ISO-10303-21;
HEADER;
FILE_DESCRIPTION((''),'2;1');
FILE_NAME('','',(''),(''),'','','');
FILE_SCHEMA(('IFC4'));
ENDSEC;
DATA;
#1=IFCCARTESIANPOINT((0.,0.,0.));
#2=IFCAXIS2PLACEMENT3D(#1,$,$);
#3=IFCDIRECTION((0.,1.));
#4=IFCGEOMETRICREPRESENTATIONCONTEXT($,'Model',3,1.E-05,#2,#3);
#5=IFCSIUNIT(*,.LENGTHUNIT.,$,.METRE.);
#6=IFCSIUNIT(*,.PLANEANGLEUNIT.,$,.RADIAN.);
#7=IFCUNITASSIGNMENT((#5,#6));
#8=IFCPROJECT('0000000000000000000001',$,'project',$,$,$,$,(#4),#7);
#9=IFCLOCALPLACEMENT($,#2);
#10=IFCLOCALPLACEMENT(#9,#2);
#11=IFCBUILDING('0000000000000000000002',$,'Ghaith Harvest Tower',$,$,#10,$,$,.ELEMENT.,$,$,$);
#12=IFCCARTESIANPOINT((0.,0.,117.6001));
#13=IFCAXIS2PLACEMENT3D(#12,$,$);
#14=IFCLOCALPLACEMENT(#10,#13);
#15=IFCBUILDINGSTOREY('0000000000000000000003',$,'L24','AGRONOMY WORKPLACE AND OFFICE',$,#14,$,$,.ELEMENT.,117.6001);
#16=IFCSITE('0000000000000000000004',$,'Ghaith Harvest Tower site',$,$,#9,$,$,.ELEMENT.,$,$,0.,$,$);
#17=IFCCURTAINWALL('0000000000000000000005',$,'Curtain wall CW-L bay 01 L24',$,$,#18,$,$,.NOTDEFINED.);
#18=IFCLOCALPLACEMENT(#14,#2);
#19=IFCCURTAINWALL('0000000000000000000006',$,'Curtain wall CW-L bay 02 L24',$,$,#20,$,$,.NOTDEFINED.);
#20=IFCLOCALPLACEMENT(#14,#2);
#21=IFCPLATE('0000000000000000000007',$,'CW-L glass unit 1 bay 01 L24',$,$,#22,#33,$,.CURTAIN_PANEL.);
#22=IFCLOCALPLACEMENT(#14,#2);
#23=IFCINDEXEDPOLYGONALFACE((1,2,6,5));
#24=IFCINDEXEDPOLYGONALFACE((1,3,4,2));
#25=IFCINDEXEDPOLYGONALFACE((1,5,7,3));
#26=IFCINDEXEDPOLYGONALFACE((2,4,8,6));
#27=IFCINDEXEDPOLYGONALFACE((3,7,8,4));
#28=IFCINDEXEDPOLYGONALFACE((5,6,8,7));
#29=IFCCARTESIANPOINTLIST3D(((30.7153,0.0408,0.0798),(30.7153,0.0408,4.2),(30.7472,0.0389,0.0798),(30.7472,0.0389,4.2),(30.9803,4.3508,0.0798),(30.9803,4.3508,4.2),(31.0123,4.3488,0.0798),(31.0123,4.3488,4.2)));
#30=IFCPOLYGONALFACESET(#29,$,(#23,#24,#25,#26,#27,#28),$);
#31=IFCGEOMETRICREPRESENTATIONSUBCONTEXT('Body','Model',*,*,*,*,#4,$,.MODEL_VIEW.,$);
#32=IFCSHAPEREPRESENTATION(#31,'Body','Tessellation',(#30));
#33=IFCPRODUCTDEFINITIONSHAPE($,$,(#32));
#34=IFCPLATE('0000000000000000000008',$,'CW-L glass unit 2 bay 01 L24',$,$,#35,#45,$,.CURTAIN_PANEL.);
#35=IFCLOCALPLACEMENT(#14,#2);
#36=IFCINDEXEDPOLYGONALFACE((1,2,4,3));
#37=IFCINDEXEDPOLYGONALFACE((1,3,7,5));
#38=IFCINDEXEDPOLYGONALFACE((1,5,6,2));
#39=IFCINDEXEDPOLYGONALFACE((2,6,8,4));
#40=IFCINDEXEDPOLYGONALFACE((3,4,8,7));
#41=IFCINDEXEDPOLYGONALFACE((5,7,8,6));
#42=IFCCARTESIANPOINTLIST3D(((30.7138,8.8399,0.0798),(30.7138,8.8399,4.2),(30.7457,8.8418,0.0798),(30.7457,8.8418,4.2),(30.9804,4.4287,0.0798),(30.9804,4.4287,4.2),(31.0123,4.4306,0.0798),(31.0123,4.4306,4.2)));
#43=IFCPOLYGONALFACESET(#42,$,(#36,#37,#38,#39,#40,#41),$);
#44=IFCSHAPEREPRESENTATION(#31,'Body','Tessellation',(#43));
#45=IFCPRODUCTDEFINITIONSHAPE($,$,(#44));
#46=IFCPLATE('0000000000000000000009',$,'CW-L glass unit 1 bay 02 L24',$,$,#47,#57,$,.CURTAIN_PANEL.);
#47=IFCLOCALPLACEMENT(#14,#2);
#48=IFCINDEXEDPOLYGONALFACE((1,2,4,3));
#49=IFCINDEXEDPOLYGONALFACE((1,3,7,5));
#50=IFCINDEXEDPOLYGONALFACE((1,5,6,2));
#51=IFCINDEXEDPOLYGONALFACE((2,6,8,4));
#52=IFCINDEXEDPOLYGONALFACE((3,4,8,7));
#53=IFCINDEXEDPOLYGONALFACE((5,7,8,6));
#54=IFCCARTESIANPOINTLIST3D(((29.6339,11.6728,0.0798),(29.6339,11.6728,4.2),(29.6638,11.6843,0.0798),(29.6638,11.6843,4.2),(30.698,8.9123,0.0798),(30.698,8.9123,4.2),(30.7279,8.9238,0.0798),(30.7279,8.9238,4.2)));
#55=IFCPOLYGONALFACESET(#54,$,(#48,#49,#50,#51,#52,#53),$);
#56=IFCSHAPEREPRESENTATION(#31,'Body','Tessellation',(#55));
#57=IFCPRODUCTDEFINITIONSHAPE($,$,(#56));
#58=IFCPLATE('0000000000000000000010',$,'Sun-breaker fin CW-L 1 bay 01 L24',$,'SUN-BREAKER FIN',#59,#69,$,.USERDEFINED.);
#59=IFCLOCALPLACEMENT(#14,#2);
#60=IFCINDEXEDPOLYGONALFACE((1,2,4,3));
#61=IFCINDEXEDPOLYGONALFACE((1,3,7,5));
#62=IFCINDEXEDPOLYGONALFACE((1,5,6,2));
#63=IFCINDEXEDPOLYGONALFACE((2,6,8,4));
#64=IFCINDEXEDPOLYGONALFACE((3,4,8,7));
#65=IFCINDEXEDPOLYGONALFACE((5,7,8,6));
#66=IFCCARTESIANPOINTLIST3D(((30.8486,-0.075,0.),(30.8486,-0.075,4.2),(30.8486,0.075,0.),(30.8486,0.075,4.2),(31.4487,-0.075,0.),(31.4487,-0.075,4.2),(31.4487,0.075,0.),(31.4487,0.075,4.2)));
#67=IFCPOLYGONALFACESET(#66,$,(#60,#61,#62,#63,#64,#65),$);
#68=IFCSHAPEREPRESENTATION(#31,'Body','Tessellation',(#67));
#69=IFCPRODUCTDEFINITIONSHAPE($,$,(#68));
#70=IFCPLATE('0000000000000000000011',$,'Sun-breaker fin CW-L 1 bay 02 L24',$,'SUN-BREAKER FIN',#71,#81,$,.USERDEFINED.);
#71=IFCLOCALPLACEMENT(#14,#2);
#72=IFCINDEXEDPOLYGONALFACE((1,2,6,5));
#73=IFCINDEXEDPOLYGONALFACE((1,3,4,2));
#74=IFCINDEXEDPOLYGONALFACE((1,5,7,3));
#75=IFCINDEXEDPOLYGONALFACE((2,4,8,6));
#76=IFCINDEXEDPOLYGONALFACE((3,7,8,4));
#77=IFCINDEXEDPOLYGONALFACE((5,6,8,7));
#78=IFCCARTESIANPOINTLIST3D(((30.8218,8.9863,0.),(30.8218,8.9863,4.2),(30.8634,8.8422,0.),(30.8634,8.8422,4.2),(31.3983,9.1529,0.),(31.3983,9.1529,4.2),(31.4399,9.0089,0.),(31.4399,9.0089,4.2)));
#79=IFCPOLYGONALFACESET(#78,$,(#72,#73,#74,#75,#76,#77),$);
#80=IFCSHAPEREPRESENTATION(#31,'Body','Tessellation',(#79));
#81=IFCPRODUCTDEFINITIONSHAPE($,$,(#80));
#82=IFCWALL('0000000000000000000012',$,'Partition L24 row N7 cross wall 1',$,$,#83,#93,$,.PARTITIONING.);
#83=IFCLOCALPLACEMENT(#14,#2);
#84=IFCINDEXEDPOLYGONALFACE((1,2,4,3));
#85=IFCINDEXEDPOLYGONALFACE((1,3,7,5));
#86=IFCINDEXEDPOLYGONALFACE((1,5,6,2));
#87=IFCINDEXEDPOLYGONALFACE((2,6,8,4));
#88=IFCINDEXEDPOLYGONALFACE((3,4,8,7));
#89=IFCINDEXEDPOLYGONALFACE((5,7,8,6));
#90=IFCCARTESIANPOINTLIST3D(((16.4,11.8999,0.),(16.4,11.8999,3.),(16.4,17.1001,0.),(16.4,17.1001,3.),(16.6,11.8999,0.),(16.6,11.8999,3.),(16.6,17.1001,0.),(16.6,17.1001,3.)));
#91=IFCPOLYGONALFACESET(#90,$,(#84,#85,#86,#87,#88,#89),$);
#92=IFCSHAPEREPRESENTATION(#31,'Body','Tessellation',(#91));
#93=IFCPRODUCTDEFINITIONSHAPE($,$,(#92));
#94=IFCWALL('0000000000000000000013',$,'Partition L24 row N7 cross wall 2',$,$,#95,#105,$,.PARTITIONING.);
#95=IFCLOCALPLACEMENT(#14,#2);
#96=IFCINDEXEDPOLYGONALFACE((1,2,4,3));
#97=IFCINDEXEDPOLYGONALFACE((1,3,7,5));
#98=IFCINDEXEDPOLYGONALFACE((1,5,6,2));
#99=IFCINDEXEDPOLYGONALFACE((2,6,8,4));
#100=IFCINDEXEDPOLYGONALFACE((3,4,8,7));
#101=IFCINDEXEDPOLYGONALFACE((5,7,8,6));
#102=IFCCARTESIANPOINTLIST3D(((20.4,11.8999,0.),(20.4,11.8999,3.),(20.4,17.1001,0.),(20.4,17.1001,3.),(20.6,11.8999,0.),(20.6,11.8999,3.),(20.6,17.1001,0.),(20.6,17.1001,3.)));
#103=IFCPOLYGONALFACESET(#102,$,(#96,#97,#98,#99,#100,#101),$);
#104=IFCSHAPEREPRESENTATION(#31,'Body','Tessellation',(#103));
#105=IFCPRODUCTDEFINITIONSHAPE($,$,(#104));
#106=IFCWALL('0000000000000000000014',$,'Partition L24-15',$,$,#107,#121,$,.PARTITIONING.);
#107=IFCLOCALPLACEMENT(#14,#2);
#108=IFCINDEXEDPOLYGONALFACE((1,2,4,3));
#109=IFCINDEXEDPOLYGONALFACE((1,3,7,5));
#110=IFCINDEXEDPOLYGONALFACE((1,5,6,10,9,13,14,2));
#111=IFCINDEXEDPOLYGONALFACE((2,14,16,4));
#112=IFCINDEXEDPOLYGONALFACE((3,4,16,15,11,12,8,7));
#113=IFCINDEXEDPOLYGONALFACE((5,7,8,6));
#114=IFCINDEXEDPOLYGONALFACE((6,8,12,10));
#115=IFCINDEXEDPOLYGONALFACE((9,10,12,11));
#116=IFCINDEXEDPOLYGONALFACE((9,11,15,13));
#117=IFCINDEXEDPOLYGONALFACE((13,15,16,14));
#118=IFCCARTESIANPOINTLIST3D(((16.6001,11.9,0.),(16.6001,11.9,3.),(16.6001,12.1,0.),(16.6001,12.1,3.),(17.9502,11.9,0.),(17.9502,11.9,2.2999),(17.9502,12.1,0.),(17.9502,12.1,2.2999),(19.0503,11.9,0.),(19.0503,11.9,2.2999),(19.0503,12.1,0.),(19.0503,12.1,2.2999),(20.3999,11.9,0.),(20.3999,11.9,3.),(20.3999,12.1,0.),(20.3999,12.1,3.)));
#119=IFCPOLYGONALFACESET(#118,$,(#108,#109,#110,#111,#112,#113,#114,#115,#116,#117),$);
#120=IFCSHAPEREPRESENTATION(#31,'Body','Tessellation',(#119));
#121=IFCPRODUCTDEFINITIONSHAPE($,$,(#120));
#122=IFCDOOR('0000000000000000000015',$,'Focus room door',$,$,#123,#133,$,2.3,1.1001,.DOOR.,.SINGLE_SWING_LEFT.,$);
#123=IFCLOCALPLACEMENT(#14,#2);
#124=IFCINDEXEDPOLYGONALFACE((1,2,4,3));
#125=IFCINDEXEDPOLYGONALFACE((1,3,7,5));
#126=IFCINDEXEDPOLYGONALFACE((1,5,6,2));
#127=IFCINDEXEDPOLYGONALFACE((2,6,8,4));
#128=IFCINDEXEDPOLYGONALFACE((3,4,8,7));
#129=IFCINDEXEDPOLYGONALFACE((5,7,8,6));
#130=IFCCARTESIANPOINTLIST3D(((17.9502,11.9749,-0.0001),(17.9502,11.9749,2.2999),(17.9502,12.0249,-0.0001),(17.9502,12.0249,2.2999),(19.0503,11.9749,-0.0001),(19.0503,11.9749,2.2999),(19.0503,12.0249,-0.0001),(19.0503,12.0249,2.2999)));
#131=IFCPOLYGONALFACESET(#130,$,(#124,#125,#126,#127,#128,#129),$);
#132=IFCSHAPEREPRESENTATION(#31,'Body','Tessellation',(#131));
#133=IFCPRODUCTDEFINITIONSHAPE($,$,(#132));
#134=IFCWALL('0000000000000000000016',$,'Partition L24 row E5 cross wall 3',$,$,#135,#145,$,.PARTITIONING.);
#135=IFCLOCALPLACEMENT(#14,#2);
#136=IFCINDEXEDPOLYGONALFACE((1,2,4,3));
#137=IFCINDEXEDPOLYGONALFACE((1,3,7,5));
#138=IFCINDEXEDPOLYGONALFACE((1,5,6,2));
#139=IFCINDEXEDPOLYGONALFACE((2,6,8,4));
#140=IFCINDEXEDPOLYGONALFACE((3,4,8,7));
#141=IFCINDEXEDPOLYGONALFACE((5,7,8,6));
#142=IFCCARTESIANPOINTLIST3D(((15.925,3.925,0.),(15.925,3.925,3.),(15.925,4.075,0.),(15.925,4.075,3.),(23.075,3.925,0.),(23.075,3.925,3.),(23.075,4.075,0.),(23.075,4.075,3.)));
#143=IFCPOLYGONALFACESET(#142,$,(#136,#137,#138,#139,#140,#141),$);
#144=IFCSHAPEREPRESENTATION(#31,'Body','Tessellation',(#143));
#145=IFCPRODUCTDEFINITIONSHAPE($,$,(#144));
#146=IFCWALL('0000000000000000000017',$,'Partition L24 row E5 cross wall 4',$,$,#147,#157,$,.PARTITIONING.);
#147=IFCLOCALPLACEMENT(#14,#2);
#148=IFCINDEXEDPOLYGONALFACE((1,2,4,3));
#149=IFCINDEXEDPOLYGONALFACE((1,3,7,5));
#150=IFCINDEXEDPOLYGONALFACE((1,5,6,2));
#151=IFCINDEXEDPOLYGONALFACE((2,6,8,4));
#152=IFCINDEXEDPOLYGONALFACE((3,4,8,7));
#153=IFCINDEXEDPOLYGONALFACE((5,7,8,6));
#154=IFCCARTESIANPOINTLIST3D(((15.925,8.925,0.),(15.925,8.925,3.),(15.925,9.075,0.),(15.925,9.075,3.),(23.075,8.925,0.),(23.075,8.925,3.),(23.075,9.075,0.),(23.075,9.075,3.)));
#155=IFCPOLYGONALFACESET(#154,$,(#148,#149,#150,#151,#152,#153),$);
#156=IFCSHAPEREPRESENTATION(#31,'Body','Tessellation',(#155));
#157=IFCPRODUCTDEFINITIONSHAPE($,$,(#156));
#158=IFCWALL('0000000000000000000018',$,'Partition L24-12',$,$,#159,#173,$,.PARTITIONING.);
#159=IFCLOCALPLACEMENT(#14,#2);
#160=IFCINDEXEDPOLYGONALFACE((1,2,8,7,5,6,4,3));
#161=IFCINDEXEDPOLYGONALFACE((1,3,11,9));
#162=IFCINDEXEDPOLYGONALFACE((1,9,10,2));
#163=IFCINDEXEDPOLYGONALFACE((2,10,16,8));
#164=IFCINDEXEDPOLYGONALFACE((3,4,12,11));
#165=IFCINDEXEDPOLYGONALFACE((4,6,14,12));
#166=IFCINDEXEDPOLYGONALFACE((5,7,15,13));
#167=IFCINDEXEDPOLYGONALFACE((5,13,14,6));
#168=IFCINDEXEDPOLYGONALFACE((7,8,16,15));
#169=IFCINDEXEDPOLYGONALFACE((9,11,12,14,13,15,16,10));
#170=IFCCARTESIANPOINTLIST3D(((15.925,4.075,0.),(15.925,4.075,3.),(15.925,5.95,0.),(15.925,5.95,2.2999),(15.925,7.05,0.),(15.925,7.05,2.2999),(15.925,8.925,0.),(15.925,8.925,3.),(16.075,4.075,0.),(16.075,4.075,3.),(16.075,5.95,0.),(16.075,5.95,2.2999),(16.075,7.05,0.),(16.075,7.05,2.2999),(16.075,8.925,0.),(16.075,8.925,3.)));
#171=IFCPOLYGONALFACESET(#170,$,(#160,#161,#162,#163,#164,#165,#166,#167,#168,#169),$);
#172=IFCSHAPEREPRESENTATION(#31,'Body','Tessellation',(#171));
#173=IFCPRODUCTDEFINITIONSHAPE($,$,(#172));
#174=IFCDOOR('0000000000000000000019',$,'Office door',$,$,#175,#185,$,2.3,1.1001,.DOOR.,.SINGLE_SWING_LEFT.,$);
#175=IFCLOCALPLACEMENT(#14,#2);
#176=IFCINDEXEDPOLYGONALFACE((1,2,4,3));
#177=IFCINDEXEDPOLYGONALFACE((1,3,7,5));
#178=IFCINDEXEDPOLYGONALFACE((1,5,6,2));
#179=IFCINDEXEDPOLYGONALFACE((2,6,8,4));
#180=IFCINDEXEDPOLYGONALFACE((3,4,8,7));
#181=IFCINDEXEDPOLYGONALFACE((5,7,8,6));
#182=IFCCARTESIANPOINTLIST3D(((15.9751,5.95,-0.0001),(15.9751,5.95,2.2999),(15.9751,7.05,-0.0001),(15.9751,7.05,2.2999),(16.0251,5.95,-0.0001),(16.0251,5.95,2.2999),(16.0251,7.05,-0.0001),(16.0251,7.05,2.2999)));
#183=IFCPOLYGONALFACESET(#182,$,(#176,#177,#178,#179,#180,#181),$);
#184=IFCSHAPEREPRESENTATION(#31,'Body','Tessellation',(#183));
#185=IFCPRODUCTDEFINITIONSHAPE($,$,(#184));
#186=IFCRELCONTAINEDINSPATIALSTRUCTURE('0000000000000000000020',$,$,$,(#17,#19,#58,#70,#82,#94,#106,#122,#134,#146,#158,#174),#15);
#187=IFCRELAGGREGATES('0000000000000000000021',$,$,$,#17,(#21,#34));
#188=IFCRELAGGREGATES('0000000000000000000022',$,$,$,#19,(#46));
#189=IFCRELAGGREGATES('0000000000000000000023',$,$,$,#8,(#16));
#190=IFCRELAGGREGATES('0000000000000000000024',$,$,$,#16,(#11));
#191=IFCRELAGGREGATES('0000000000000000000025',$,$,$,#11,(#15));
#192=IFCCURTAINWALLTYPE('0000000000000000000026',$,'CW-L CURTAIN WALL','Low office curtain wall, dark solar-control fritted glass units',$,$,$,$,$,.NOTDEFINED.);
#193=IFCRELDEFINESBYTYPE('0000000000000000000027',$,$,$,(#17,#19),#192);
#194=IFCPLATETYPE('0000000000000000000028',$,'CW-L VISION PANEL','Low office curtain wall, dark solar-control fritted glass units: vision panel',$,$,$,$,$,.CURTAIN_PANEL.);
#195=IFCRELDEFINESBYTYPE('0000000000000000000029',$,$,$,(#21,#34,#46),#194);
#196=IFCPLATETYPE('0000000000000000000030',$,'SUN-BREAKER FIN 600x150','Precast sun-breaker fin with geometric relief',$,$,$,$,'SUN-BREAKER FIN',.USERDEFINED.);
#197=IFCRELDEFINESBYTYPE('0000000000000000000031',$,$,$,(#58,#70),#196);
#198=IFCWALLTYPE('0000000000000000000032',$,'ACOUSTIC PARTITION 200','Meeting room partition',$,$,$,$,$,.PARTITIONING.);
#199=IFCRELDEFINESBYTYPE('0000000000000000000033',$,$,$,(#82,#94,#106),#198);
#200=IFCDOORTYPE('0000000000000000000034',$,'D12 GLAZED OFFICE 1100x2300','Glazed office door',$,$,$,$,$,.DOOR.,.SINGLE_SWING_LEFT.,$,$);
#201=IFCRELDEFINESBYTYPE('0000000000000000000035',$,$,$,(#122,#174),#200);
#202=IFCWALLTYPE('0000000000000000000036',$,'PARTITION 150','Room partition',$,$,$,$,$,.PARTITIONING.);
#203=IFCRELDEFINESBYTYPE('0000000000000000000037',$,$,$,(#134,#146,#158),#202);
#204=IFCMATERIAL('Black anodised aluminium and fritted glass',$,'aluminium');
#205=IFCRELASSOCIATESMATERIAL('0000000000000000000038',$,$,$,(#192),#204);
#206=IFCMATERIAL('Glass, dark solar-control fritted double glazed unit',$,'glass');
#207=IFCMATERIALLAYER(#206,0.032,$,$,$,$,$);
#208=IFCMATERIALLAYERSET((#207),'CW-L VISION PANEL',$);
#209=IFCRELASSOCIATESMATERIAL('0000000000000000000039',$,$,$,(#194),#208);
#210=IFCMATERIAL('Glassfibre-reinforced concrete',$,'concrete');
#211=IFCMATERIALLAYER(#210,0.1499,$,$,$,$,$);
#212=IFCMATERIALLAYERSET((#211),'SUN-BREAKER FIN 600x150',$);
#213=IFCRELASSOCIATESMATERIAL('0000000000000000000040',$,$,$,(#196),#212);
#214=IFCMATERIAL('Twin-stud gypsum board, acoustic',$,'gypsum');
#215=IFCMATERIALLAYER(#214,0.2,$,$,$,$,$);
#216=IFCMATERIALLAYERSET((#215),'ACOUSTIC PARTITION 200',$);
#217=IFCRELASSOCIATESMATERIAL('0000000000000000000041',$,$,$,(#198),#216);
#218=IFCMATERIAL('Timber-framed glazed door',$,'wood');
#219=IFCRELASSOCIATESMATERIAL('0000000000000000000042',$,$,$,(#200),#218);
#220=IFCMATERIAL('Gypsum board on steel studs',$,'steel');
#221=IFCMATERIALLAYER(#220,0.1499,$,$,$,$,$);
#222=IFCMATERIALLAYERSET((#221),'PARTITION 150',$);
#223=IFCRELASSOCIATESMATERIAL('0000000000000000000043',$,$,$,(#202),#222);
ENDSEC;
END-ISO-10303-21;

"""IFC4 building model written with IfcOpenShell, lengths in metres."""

from ifc_helpers import new_model, si_unit, direction, frame, frame_2d, origin, origin_2d, place, context, subcontext, project, spatial, rectangle, extrude, material, layer, layer_set, type_object, element, fill, aggregate, save


model = new_model("IFC4")

# Units and contexts
model_context = context("Model", 3, precision=1e-05, world=origin(), true_north=direction((0.0, 1.0)))
body_context = subcontext(model_context, "Body", "Model", "MODEL_VIEW")
ifc_project = project(units=[si_unit("LENGTHUNIT", "METRE"), si_unit("PLANEANGLEUNIT", "RADIAN")], contexts=[model_context])

# Site, building, storey
site_placement = place(None, origin())
site = spatial("IfcSite", under=ifc_project, at=site_placement, Name="Ghaith Harvest Tower site", CompositionType="ELEMENT", RefElevation=0.0)
building_placement = place(site_placement, origin())
building = spatial("IfcBuilding", under=site, at=building_placement, Name="Ghaith Harvest Tower", CompositionType="ELEMENT")
storey_placement = place(building_placement, frame((0.0, 0.0, 117.6001)))
storey = spatial("IfcBuildingStorey", under=building, at=storey_placement, Name="L24", Description="AGRONOMY WORKPLACE AND OFFICE", CompositionType="ELEMENT", Elevation=117.6001)

# Curtain walls
ifc_material_1 = material(Name="Black anodised aluminium and fritted glass", Category="aluminium")
curtain_wall_type = type_object("IfcCurtainWallType", Name="CW-L CURTAIN WALL", Description="Low office curtain wall, dark solar-control fritted glass units", PredefinedType="NOTDEFINED", material=ifc_material_1)
curtain_wall_1_placement = place(storey_placement, origin())
curtain_wall_1 = element("IfcCurtainWall", 1, at=curtain_wall_1_placement, inside=storey, type_object=curtain_wall_type, Name="Curtain wall CW-L bay 01 L24", PredefinedType="NOTDEFINED")
curtain_wall_2_placement = place(storey_placement, origin())
curtain_wall_2 = element("IfcCurtainWall", 2, at=curtain_wall_2_placement, inside=storey, type_object=curtain_wall_type, Name="Curtain wall CW-L bay 02 L24", PredefinedType="NOTDEFINED")

# Plates
ifc_material_2 = material(Name="Glass, dark solar-control fritted double glazed unit", Category="glass")
ifc_layer_1 = layer(ifc_material_2, 0.032)
ifc_layer_set_1 = layer_set([ifc_layer_1], Name="CW-L VISION PANEL")
plate_type_1 = type_object("IfcPlateType", Name="CW-L VISION PANEL", Description="Low office curtain wall, dark solar-control fritted glass units: vision panel", PredefinedType="CURTAIN_PANEL", material=ifc_layer_set_1)
plate_1_placement = place(storey_placement, frame((30.8638, 2.1948, 0.0798), z_axis=(0.0, 0.0, 1.0), x_axis=(0.06138, 0.998114, 0.0)))
plate_1 = element("IfcPlate", 3, at=plate_1_placement, type_object=plate_type_1, Name="CW-L glass unit 1 bay 01 L24", PredefinedType="CURTAIN_PANEL", context=body_context, shape_type="SweptSolid", body=[
    extrude(rectangle(XDim=4.3181, YDim=0.032, at=origin_2d()), origin(), (0.0, 0.0, 1.0), 4.1201),
])
plate_2_placement = place(storey_placement, frame((30.863, 6.6353, 0.0798), z_axis=(0.0, 0.0, 1.0), x_axis=(-0.060321, 0.998179, 0.0)))
plate_2 = element("IfcPlate", 4, at=plate_2_placement, type_object=plate_type_1, Name="CW-L glass unit 2 bay 01 L24", PredefinedType="CURTAIN_PANEL", context=body_context, shape_type="SweptSolid", body=[
    extrude(rectangle(XDim=4.4192, YDim=0.032, at=origin_2d()), origin(), (0.0, 0.0, 1.0), 4.1201),
])
aggregate(curtain_wall_1, [plate_1, plate_2])
plate_3_placement = place(storey_placement, frame((30.1809, 10.2983, 0.0798), z_axis=(0.0, 0.0, 1.0), x_axis=(-0.359677, 0.933077, 0.0)))
plate_3 = element("IfcPlate", 5, at=plate_3_placement, type_object=plate_type_1, Name="CW-L glass unit 1 bay 02 L24", PredefinedType="CURTAIN_PANEL", context=body_context, shape_type="SweptSolid", body=[
    extrude(rectangle(XDim=2.9585, YDim=0.032, at=origin_2d()), origin(), (0.0, 0.0, 1.0), 4.1201),
])
aggregate(curtain_wall_2, [plate_3])

# Plates
ifc_material_3 = material(Name="Glassfibre-reinforced concrete", Category="concrete")
ifc_layer_2 = layer(ifc_material_3, 0.1499)
ifc_layer_set_2 = layer_set([ifc_layer_2], Name="SUN-BREAKER FIN 600x150")
plate_type_2 = type_object("IfcPlateType", Name="SUN-BREAKER FIN 600x150", Description="Precast sun-breaker fin with geometric relief", ElementType="SUN-BREAKER FIN", PredefinedType="USERDEFINED", material=ifc_layer_set_2)
for number, where, z_axis, x_axis, name in (
    (6, (31.1487, 0.0, 0.0), (0.0, 0.0, 1.0), (1.0, 0.0, 0.0), "Sun-breaker fin CW-L 1 bay 01 L24"),
    (7, (31.1309, 8.9976, 0.0), (0.0, 0.0, 1.0), (0.96068, 0.277657, 0.0), "Sun-breaker fin CW-L 1 bay 02 L24"),
):
    element("IfcPlate", number, at=place(storey_placement, frame(where, z_axis=z_axis, x_axis=x_axis)), inside=storey, type_object=plate_type_2, Name=name, ObjectType="SUN-BREAKER FIN", PredefinedType="USERDEFINED", context=body_context, shape_type="SweptSolid", body=[
        extrude(rectangle(XDim=0.6001, YDim=0.1499, at=origin_2d()), origin(), (0.0, 0.0, 1.0), 4.2),
    ])

# Walls
ifc_material_4 = material(Name="Twin-stud gypsum board, acoustic", Category="gypsum")
ifc_layer_3 = layer(ifc_material_4, 0.2)
ifc_layer_set_3 = layer_set([ifc_layer_3], Name="ACOUSTIC PARTITION 200")
wall_type_1 = type_object("IfcWallType", Name="ACOUSTIC PARTITION 200", Description="Meeting room partition", PredefinedType="PARTITIONING", material=ifc_layer_set_3)
for number, where, z_axis, x_axis, name in (
    (8, (16.5, 11.8999, 0.0), (0.0, 0.0, 1.0), (0.0, 1.0, 0.0), "Partition L24 row N7 cross wall 1"),
    (9, (20.5, 11.8999, 0.0), (0.0, 0.0, 1.0), (0.0, 1.0, 0.0), "Partition L24 row N7 cross wall 2"),
):
    element("IfcWall", number, at=place(storey_placement, frame(where, z_axis=z_axis, x_axis=x_axis)), inside=storey, type_object=wall_type_1, Name=name, PredefinedType="PARTITIONING", context=body_context, shape_type="SweptSolid", body=[
        extrude(rectangle(XDim=5.2002, YDim=0.2, at=frame_2d((2.6001, 0.0))), origin(), (0.0, 0.0, 1.0), 3.0),
    ])

# Wall, opening, door
wall_1_placement = place(storey_placement, frame((16.6001, 12.0, 0.0), z_axis=(0.0, 0.0, 1.0), x_axis=(1.0, 0.0, 0.0)))
wall_1 = element("IfcWall", 10, at=wall_1_placement, inside=storey, type_object=wall_type_1, Name="Partition L24-15", PredefinedType="PARTITIONING", context=body_context, shape_type="SweptSolid", body=[
    extrude(rectangle(XDim=3.7998, YDim=0.2, at=frame_2d((1.8999, 0.0))), origin(), (0.0, 0.0, 1.0), 3.0),
])
opening_1_placement = place(wall_1_placement, frame((1.3501, 0.0, 0.0)))
opening_1 = element("IfcOpeningElement", 11, at=opening_1_placement, cuts=wall_1, PredefinedType="OPENING", context=body_context, shape_type="SweptSolid", body=[
    extrude(rectangle(XDim=1.1001, YDim=2.3, at=frame_2d((0.55, 1.1499))), frame((0.0, 0.1099, 0.0), z_axis=(0.0, -1.0, 0.0), x_axis=(1.0, 0.0, 0.0)), (0.0, 0.0, 1.0), 0.22),
])
ifc_material_5 = material(Name="Timber-framed glazed door", Category="wood")
door_type = type_object("IfcDoorType", Name="D12 GLAZED OFFICE 1100x2300", Description="Glazed office door", OperationType="SINGLE_SWING_LEFT", PredefinedType="DOOR", material=ifc_material_5)
door_1_placement = place(opening_1_placement, origin())
door_1 = element("IfcDoor", 12, at=door_1_placement, inside=storey, type_object=door_type, Name="Focus room door", OperationType="SINGLE_SWING_LEFT", OverallHeight=2.3, OverallWidth=1.1001, PredefinedType="DOOR", context=body_context, shape_type="SweptSolid", body=[
    extrude(rectangle(XDim=1.1001, YDim=2.3, at=frame_2d((0.55, 1.1499))), frame((0.0, 0.0249, 0.0), z_axis=(0.0, -1.0, 0.0), x_axis=(1.0, 0.0, 0.0)), (0.0, 0.0, 1.0), 0.05),
])
fill(opening_1, door_1)

# Walls
ifc_material_6 = material(Name="Gypsum board on steel studs", Category="steel")
ifc_layer_4 = layer(ifc_material_6, 0.1499)
ifc_layer_set_4 = layer_set([ifc_layer_4], Name="PARTITION 150")
wall_type_2 = type_object("IfcWallType", Name="PARTITION 150", Description="Room partition", PredefinedType="PARTITIONING", material=ifc_layer_set_4)
for number, where, z_axis, x_axis, name in (
    (13, (15.925, 4.0, 0.0), (0.0, 0.0, 1.0), (1.0, 0.0, 0.0), "Partition L24 row E5 cross wall 3"),
    (14, (15.925, 9.0, 0.0), (0.0, 0.0, 1.0), (1.0, 0.0, 0.0), "Partition L24 row E5 cross wall 4"),
):
    element("IfcWall", number, at=place(storey_placement, frame(where, z_axis=z_axis, x_axis=x_axis)), inside=storey, type_object=wall_type_2, Name=name, PredefinedType="PARTITIONING", context=body_context, shape_type="SweptSolid", body=[
        extrude(rectangle(XDim=7.1499, YDim=0.1499, at=frame_2d((3.575, 0.0))), origin(), (0.0, 0.0, 1.0), 3.0),
    ])

# Wall, opening, door
wall_2_placement = place(storey_placement, frame((16.0, 4.075, 0.0), z_axis=(0.0, 0.0, 1.0), x_axis=(0.0, 1.0, 0.0)))
wall_2 = element("IfcWall", 15, at=wall_2_placement, inside=storey, type_object=wall_type_2, Name="Partition L24-12", PredefinedType="PARTITIONING", context=body_context, shape_type="SweptSolid", body=[
    extrude(rectangle(XDim=4.8501, YDim=0.1499, at=frame_2d((2.425, 0.0))), origin(), (0.0, 0.0, 1.0), 3.0),
])
opening_2_placement = place(wall_2_placement, frame((1.875, 0.0, 0.0)))
opening_2 = element("IfcOpeningElement", 16, at=opening_2_placement, cuts=wall_2, PredefinedType="OPENING", context=body_context, shape_type="SweptSolid", body=[
    extrude(rectangle(XDim=1.1001, YDim=2.3, at=frame_2d((0.55, 1.1499))), frame((0.0, 0.085, 0.0), z_axis=(0.0, -1.0, 0.0), x_axis=(1.0, 0.0, 0.0)), (0.0, 0.0, 1.0), 0.1699),
])
door_2_placement = place(opening_2_placement, origin())
door_2 = element("IfcDoor", 17, at=door_2_placement, inside=storey, type_object=door_type, Name="Office door", OperationType="SINGLE_SWING_LEFT", OverallHeight=2.3, OverallWidth=1.1001, PredefinedType="DOOR", context=body_context, shape_type="SweptSolid", body=[
    extrude(rectangle(XDim=1.1001, YDim=2.3, at=frame_2d((0.55, 1.1499))), frame((0.0, 0.0249, 0.0), z_axis=(0.0, -1.0, 0.0), x_axis=(1.0, 0.0, 0.0)), (0.0, 0.0, 1.0), 0.05),
])
fill(opening_2, door_2)

save(model, "model.ifc")
